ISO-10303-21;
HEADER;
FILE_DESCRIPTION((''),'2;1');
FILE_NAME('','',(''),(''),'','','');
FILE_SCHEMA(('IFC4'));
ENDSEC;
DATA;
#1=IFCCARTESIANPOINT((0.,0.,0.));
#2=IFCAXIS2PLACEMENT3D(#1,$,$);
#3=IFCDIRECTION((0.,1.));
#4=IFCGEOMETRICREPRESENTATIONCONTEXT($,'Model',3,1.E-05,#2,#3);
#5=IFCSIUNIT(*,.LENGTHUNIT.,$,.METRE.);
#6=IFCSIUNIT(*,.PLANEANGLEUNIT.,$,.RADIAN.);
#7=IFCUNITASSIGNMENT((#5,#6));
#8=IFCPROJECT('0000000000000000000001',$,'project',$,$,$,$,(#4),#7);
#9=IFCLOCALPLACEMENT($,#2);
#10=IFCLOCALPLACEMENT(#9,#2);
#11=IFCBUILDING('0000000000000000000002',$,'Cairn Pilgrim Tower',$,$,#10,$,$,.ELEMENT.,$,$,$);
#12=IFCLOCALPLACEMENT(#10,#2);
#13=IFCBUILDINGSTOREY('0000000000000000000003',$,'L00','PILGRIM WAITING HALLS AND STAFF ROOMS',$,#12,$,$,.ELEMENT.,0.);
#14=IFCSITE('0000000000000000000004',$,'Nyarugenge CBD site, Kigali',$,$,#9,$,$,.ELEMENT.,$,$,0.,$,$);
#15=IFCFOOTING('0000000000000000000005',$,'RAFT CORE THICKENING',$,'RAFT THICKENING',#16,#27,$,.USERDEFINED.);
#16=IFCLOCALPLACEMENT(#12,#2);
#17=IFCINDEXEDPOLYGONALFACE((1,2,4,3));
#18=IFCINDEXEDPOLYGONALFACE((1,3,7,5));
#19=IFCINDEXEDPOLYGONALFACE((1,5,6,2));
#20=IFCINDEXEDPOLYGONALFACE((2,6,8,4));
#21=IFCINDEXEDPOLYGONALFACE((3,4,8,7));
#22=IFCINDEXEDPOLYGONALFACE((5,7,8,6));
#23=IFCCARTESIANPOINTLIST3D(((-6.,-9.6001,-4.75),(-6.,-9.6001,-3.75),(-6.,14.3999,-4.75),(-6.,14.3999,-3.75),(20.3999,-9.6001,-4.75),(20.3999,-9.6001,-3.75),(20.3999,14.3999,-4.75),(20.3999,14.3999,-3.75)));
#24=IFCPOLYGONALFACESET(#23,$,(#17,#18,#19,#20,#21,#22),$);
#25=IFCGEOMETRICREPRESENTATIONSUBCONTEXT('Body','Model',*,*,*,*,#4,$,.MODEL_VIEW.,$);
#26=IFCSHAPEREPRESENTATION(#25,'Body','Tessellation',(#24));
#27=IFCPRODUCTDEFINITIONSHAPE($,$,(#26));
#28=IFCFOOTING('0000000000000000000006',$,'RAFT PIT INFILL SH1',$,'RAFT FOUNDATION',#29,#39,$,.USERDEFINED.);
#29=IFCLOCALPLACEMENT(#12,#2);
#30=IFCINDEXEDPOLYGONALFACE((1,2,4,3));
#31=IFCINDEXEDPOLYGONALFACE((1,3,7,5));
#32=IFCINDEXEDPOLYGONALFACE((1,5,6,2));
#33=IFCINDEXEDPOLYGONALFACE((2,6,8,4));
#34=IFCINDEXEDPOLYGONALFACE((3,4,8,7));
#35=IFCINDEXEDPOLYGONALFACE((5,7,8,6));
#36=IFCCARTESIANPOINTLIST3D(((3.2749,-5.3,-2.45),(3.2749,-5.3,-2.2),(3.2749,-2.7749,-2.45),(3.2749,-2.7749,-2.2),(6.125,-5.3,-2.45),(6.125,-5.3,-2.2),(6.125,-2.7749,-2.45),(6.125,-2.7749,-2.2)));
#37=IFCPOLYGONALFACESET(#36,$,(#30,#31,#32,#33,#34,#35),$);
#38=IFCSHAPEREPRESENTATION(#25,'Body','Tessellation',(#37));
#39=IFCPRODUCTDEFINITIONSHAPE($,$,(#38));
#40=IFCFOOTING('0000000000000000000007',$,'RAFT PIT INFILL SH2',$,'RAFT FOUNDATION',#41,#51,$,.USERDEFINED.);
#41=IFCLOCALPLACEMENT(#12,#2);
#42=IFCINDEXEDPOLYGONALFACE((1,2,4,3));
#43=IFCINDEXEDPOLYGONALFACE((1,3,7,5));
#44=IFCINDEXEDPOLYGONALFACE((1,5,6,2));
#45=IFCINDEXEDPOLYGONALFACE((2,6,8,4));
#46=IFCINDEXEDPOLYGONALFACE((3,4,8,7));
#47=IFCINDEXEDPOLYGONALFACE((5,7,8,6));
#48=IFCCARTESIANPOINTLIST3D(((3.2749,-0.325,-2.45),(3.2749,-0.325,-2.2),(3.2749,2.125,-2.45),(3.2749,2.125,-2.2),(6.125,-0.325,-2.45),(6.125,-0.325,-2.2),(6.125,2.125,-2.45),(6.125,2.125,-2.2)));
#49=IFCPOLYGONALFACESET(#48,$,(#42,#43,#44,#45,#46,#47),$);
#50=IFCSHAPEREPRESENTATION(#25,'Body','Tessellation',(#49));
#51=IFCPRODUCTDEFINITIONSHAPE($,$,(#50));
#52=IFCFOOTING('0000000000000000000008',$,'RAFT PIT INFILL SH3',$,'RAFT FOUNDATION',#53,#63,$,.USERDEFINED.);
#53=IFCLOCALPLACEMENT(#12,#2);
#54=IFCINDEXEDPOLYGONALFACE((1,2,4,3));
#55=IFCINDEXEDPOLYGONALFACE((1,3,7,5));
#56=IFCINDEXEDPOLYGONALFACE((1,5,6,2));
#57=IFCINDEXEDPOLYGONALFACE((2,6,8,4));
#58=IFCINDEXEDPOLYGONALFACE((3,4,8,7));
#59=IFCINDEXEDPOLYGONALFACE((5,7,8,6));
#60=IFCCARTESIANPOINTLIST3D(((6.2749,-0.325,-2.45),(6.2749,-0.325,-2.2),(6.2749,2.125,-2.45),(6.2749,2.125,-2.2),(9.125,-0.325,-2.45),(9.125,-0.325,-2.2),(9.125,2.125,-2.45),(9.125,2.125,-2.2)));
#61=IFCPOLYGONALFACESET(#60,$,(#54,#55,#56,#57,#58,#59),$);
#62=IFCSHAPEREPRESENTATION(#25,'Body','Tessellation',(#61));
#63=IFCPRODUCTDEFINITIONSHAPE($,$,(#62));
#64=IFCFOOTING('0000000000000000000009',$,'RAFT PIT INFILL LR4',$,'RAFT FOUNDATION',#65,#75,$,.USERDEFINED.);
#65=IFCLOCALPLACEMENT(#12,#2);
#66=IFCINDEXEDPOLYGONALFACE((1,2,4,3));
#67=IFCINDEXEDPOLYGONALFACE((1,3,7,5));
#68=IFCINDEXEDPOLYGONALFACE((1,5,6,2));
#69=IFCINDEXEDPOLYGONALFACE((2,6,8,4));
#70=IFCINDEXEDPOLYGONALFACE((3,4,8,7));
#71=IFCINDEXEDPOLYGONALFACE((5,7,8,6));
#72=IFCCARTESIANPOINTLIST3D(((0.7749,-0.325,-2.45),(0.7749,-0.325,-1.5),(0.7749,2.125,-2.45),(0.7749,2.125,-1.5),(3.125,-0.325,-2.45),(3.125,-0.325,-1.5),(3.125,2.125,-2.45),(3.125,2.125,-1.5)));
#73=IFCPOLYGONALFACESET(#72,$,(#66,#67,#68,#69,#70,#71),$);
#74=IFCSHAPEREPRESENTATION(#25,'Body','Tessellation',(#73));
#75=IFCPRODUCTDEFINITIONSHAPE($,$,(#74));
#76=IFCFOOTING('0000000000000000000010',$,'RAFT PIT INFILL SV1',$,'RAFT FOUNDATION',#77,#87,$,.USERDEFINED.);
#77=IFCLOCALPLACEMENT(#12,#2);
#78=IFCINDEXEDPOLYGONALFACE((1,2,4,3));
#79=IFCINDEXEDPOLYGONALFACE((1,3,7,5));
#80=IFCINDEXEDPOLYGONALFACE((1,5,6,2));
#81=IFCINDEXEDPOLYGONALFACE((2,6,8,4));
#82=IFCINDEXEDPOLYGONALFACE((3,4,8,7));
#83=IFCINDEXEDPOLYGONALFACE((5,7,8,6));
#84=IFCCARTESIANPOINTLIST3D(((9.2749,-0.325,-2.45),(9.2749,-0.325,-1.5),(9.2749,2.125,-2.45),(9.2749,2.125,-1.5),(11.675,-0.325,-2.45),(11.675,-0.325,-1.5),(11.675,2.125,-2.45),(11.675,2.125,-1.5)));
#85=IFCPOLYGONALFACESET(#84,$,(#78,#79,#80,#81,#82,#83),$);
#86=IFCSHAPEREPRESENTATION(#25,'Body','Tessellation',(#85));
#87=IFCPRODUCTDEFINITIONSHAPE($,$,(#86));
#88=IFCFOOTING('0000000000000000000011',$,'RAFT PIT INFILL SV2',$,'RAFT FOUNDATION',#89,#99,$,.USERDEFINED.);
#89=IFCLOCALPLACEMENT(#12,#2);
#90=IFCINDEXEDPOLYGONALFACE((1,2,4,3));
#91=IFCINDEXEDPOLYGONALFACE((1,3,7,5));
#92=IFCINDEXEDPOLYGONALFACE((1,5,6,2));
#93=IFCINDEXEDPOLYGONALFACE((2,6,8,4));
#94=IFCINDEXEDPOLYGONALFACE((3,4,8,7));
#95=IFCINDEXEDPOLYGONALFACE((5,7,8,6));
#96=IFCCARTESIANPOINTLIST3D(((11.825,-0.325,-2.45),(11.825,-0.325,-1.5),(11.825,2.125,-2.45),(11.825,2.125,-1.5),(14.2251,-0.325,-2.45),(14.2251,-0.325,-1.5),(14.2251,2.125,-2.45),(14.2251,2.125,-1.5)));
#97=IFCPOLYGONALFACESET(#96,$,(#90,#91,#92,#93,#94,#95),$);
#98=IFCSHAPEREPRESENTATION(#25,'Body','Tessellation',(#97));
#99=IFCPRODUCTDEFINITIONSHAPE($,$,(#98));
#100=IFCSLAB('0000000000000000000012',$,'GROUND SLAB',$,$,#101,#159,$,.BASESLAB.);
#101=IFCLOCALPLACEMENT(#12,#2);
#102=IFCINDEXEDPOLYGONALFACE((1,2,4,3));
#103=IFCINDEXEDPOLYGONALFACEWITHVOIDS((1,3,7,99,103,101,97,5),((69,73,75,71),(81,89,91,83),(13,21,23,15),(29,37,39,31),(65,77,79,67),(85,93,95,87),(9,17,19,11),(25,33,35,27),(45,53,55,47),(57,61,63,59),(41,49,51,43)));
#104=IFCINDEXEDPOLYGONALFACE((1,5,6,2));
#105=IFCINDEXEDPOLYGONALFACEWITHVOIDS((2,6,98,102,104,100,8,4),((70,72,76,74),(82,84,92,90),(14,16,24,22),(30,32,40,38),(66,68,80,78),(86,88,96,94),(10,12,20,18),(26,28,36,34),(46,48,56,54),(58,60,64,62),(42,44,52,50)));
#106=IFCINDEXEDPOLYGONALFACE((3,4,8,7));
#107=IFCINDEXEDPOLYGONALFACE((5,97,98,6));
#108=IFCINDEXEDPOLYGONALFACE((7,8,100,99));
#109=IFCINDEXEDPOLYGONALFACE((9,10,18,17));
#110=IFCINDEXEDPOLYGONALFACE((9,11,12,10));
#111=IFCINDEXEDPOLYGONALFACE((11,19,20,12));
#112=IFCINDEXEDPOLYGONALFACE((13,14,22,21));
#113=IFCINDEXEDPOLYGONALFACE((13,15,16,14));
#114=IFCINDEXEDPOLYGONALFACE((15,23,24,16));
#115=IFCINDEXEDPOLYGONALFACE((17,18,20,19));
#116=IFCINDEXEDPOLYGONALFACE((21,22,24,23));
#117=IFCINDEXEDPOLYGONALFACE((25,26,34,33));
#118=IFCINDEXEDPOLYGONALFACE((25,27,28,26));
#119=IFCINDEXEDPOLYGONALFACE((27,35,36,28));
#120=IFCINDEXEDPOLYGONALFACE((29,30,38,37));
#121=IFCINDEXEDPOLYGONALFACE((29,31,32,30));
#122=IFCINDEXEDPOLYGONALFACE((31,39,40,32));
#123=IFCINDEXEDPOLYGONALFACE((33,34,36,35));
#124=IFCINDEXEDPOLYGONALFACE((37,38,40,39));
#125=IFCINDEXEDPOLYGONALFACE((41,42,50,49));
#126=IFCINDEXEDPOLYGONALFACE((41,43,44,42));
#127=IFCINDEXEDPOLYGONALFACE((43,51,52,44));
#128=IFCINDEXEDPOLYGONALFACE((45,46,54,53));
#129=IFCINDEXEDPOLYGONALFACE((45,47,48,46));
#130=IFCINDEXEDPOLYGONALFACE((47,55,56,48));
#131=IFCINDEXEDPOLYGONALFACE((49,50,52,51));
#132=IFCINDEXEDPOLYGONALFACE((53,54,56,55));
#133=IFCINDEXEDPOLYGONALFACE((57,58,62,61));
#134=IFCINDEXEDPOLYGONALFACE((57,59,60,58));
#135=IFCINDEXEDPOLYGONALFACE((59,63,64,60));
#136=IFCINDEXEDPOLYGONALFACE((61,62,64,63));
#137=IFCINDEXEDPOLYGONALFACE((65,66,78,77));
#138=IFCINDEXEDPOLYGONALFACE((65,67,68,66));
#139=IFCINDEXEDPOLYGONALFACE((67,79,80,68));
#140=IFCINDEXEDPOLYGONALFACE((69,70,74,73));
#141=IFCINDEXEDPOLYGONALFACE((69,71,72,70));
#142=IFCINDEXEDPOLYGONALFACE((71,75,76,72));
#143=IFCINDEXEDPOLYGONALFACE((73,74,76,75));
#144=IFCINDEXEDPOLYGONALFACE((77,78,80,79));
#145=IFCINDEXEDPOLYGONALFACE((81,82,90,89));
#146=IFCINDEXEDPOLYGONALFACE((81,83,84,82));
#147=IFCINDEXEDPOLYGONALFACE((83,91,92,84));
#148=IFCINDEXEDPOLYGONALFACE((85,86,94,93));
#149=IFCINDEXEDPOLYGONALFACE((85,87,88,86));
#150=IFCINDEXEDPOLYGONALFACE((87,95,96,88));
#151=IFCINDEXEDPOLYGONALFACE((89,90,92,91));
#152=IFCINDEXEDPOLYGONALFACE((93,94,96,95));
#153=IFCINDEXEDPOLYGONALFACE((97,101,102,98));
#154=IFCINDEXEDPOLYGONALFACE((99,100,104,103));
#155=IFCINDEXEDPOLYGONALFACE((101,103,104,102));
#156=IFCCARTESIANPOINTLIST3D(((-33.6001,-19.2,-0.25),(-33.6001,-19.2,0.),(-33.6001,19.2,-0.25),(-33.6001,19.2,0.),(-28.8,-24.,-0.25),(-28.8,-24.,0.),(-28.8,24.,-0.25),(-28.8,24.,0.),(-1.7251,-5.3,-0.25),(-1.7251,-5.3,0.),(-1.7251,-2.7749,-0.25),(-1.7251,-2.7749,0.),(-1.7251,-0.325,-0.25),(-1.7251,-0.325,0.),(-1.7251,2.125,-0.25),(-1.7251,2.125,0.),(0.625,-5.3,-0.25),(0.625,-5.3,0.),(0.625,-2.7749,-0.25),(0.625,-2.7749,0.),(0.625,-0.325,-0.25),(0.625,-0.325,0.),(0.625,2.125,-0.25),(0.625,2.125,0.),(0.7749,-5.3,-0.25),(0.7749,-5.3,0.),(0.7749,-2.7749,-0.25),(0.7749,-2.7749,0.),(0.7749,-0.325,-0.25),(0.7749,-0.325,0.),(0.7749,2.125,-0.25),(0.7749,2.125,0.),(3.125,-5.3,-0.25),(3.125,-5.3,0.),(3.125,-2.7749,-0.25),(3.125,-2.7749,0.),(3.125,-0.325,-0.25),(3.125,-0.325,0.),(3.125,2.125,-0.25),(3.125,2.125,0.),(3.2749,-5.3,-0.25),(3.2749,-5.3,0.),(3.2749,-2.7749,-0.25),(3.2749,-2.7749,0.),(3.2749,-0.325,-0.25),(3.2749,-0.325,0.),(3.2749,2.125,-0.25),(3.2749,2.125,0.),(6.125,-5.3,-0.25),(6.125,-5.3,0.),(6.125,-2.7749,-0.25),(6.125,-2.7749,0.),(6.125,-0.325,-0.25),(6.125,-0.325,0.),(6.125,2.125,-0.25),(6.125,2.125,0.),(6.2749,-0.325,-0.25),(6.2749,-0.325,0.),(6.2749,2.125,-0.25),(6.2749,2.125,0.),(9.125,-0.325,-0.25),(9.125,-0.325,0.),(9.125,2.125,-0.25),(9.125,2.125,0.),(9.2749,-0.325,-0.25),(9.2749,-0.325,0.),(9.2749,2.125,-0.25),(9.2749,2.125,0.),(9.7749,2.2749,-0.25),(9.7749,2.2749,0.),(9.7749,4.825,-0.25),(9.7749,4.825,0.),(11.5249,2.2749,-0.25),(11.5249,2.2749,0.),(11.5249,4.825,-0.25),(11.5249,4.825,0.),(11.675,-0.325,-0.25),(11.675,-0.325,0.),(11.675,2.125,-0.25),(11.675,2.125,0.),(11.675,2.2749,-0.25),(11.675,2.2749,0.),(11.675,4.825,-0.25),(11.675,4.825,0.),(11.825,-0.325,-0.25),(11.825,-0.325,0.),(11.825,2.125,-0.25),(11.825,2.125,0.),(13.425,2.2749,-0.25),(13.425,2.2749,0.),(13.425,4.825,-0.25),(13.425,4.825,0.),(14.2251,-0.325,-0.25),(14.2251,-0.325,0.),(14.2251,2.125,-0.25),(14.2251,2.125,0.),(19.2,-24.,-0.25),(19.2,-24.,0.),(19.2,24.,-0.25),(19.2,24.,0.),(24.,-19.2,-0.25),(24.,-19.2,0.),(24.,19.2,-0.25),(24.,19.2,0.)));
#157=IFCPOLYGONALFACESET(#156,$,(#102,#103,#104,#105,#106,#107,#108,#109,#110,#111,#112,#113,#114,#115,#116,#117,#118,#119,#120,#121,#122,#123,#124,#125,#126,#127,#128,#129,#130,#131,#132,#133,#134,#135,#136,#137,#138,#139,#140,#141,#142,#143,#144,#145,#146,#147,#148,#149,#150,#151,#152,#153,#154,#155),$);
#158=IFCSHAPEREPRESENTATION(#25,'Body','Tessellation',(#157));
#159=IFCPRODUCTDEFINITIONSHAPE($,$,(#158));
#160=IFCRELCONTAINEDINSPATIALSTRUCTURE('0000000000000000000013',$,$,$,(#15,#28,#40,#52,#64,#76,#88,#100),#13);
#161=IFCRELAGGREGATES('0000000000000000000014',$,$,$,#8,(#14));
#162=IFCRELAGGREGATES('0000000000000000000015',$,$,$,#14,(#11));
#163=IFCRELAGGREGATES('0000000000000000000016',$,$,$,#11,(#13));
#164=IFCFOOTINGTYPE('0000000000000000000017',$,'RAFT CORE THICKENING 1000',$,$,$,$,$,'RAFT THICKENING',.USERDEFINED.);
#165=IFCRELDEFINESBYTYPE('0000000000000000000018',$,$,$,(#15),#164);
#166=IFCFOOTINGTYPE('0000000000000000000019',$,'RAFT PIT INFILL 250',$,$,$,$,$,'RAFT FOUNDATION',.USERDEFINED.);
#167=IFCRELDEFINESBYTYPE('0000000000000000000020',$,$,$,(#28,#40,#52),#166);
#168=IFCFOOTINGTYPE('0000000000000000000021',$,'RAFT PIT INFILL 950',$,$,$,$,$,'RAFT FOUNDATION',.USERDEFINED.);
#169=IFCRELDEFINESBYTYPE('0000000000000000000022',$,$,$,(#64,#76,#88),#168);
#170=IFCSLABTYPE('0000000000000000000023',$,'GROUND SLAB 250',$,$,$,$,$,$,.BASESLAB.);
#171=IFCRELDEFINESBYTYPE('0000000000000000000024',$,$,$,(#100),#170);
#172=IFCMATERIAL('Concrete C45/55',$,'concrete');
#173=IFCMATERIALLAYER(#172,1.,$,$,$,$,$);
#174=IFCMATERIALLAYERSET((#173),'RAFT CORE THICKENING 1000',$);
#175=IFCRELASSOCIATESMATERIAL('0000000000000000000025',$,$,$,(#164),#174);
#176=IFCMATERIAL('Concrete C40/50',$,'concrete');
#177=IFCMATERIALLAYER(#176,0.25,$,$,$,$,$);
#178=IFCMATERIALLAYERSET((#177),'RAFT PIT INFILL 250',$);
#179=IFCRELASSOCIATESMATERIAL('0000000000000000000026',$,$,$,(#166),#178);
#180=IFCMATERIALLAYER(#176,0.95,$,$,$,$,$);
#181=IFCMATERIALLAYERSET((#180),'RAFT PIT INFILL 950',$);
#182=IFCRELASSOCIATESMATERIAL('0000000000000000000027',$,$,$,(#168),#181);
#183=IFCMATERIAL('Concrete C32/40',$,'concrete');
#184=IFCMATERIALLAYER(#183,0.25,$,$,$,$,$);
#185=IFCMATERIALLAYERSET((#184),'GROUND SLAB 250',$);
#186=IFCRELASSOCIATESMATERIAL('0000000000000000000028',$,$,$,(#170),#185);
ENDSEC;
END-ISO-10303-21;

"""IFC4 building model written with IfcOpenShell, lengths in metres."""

from ifc_helpers import new_model, si_unit, direction, frame, origin, place, context, subcontext, project, spatial, polyline, outline, extrude, material, layer, layer_set, type_object, element, save


model = new_model("IFC4")

# Units and contexts
model_context = context("Model", 3, precision=1e-05, world=origin(), true_north=direction((0.0, 1.0)))
body_context = subcontext(model_context, "Body", "Model", "MODEL_VIEW")
ifc_project = project(units=[si_unit("LENGTHUNIT", "METRE"), si_unit("PLANEANGLEUNIT", "RADIAN")], contexts=[model_context])

# Site, building, storey
site_placement = place(None, origin())
site = spatial("IfcSite", under=ifc_project, at=site_placement, Name="Nyarugenge CBD site, Kigali", CompositionType="ELEMENT", RefElevation=0.0)
building_placement = place(site_placement, origin())
building = spatial("IfcBuilding", under=site, at=building_placement, Name="Cairn Pilgrim Tower", CompositionType="ELEMENT")
storey_placement = place(building_placement, origin())
storey = spatial("IfcBuildingStorey", under=building, at=storey_placement, Name="L00", Description="PILGRIM WAITING HALLS AND STAFF ROOMS", CompositionType="ELEMENT", Elevation=0.0)

# Footings
ifc_material_1 = material(Name="Concrete C45/55", Category="concrete")
ifc_layer_1 = layer(ifc_material_1, 1.0)
ifc_layer_set_1 = layer_set([ifc_layer_1], Name="RAFT CORE THICKENING 1000")
footing_type_1 = type_object("IfcFootingType", Name="RAFT CORE THICKENING 1000", ElementType="RAFT THICKENING", PredefinedType="USERDEFINED", material=ifc_layer_set_1)
footing_1_placement = place(storey_placement, frame((0.0, 0.0, -4.75)))
element("IfcFooting", 1, at=footing_1_placement, inside=storey, type_object=footing_type_1, Name="RAFT CORE THICKENING", ObjectType="RAFT THICKENING", PredefinedType="USERDEFINED", context=body_context, shape_type="SweptSolid", body=[
    extrude(outline(polyline([(20.3999, -9.6001), (20.3999, 14.3999), (-6.0, 14.3999), (-6.0, -9.6001), (20.3999, -9.6001)])), origin(), (0.0, 0.0, 1.0), 1.0),
])
ifc_material_2 = material(Name="Concrete C40/50", Category="concrete")
ifc_layer_2 = layer(ifc_material_2, 0.25)
ifc_layer_set_2 = layer_set([ifc_layer_2], Name="RAFT PIT INFILL 250")
footing_type_2 = type_object("IfcFootingType", Name="RAFT PIT INFILL 250", ElementType="RAFT FOUNDATION", PredefinedType="USERDEFINED", material=ifc_layer_set_2)
footing_2_placement = place(storey_placement, frame((0.0, 0.0, -2.45)))
element("IfcFooting", 2, at=footing_2_placement, inside=storey, type_object=footing_type_2, Name="RAFT PIT INFILL SH1", ObjectType="RAFT FOUNDATION", PredefinedType="USERDEFINED", context=body_context, shape_type="SweptSolid", body=[
    extrude(outline(polyline([(3.2749, -5.3), (6.125, -5.3), (6.125, -2.7749), (3.2749, -2.7749), (3.2749, -5.3)])), origin(), (0.0, 0.0, 1.0), 0.25),
])
footing_3_placement = place(storey_placement, frame((0.0, 0.0, -2.45)))
element("IfcFooting", 3, at=footing_3_placement, inside=storey, type_object=footing_type_2, Name="RAFT PIT INFILL SH2", ObjectType="RAFT FOUNDATION", PredefinedType="USERDEFINED", context=body_context, shape_type="SweptSolid", body=[
    extrude(outline(polyline([(3.2749, -0.325), (6.125, -0.325), (6.125, 2.125), (3.2749, 2.125), (3.2749, -0.325)])), origin(), (0.0, 0.0, 1.0), 0.25),
])
footing_4_placement = place(storey_placement, frame((0.0, 0.0, -2.45)))
element("IfcFooting", 4, at=footing_4_placement, inside=storey, type_object=footing_type_2, Name="RAFT PIT INFILL SH3", ObjectType="RAFT FOUNDATION", PredefinedType="USERDEFINED", context=body_context, shape_type="SweptSolid", body=[
    extrude(outline(polyline([(6.2749, -0.325), (9.125, -0.325), (9.125, 2.125), (6.2749, 2.125), (6.2749, -0.325)])), origin(), (0.0, 0.0, 1.0), 0.25),
])
ifc_layer_3 = layer(ifc_material_2, 0.95)
ifc_layer_set_3 = layer_set([ifc_layer_3], Name="RAFT PIT INFILL 950")
footing_type_3 = type_object("IfcFootingType", Name="RAFT PIT INFILL 950", ElementType="RAFT FOUNDATION", PredefinedType="USERDEFINED", material=ifc_layer_set_3)
footing_5_placement = place(storey_placement, frame((0.0, 0.0, -2.45)))
element("IfcFooting", 5, at=footing_5_placement, inside=storey, type_object=footing_type_3, Name="RAFT PIT INFILL LR4", ObjectType="RAFT FOUNDATION", PredefinedType="USERDEFINED", context=body_context, shape_type="SweptSolid", body=[
    extrude(outline(polyline([(0.7749, -0.325), (3.125, -0.325), (3.125, 2.125), (0.7749, 2.125), (0.7749, -0.325)])), origin(), (0.0, 0.0, 1.0), 0.95),
])
footing_6_placement = place(storey_placement, frame((0.0, 0.0, -2.45)))
element("IfcFooting", 6, at=footing_6_placement, inside=storey, type_object=footing_type_3, Name="RAFT PIT INFILL SV1", ObjectType="RAFT FOUNDATION", PredefinedType="USERDEFINED", context=body_context, shape_type="SweptSolid", body=[
    extrude(outline(polyline([(9.2749, -0.325), (11.675, -0.325), (11.675, 2.125), (9.2749, 2.125), (9.2749, -0.325)])), origin(), (0.0, 0.0, 1.0), 0.95),
])
footing_7_placement = place(storey_placement, frame((0.0, 0.0, -2.45)))
element("IfcFooting", 7, at=footing_7_placement, inside=storey, type_object=footing_type_3, Name="RAFT PIT INFILL SV2", ObjectType="RAFT FOUNDATION", PredefinedType="USERDEFINED", context=body_context, shape_type="SweptSolid", body=[
    extrude(outline(polyline([(11.825, -0.325), (14.2251, -0.325), (14.2251, 2.125), (11.825, 2.125), (11.825, -0.325)])), origin(), (0.0, 0.0, 1.0), 0.95),
])

# Slab
ifc_material_3 = material(Name="Concrete C32/40", Category="concrete")
ifc_layer_4 = layer(ifc_material_3, 0.25)
ifc_layer_set_4 = layer_set([ifc_layer_4], Name="GROUND SLAB 250")
slab_type_1 = type_object("IfcSlabType", Name="GROUND SLAB 250", PredefinedType="BASESLAB", material=ifc_layer_set_4)
slab_1_placement = place(storey_placement, frame((0.0, 0.0, -0.25)))
element("IfcSlab", 8, at=slab_1_placement, inside=storey, type_object=slab_type_1, Name="GROUND SLAB", PredefinedType="BASESLAB", context=body_context, shape_type="SweptSolid", body=[
    extrude(outline(polyline([(-28.8, -24.0), (19.2, -24.0), (24.0, -19.2), (24.0, 19.2), (19.2, 24.0), (-28.8, 24.0), (-33.6001, 19.2), (-33.6001, -19.2), (-28.8, -24.0)]), holes=[polyline([(0.625, -2.7749), (0.625, -5.3), (-1.7251, -5.3), (-1.7251, -2.7749), (0.625, -2.7749)]), polyline([(3.125, -2.7749), (3.125, -5.3), (0.7749, -5.3), (0.7749, -2.7749), (3.125, -2.7749)]), polyline([(6.125, -2.7749), (6.125, -5.3), (3.2749, -5.3), (3.2749, -2.7749), (6.125, -2.7749)]), polyline([(0.625, -0.325), (-1.7251, -0.325), (-1.7251, 2.125), (0.625, 2.125), (0.625, -0.325)]), polyline([(3.125, -0.325), (0.7749, -0.325), (0.7749, 2.125), (3.125, 2.125), (3.125, -0.325)]), polyline([(6.125, 2.125), (6.125, -0.325), (3.2749, -0.325), (3.2749, 2.125), (6.125, 2.125)]), polyline([(9.125, -0.325), (6.2749, -0.325), (6.2749, 2.125), (9.125, 2.125), (9.125, -0.325)]), polyline([(11.675, -0.325), (9.2749, -0.325), (9.2749, 2.125), (11.675, 2.125), (11.675, -0.325)]), polyline([(14.2251, 2.125), (14.2251, -0.325), (11.825, -0.325), (11.825, 2.125), (14.2251, 2.125)]), polyline([(11.5249, 2.2749), (9.7749, 2.2749), (9.7749, 4.825), (11.5249, 4.825), (11.5249, 2.2749)]), polyline([(13.425, 2.2749), (11.675, 2.2749), (11.675, 4.825), (13.425, 4.825), (13.425, 2.2749)])]), origin(), (0.0, 0.0, 1.0), 0.25),
])

save(model, "model.ifc")
